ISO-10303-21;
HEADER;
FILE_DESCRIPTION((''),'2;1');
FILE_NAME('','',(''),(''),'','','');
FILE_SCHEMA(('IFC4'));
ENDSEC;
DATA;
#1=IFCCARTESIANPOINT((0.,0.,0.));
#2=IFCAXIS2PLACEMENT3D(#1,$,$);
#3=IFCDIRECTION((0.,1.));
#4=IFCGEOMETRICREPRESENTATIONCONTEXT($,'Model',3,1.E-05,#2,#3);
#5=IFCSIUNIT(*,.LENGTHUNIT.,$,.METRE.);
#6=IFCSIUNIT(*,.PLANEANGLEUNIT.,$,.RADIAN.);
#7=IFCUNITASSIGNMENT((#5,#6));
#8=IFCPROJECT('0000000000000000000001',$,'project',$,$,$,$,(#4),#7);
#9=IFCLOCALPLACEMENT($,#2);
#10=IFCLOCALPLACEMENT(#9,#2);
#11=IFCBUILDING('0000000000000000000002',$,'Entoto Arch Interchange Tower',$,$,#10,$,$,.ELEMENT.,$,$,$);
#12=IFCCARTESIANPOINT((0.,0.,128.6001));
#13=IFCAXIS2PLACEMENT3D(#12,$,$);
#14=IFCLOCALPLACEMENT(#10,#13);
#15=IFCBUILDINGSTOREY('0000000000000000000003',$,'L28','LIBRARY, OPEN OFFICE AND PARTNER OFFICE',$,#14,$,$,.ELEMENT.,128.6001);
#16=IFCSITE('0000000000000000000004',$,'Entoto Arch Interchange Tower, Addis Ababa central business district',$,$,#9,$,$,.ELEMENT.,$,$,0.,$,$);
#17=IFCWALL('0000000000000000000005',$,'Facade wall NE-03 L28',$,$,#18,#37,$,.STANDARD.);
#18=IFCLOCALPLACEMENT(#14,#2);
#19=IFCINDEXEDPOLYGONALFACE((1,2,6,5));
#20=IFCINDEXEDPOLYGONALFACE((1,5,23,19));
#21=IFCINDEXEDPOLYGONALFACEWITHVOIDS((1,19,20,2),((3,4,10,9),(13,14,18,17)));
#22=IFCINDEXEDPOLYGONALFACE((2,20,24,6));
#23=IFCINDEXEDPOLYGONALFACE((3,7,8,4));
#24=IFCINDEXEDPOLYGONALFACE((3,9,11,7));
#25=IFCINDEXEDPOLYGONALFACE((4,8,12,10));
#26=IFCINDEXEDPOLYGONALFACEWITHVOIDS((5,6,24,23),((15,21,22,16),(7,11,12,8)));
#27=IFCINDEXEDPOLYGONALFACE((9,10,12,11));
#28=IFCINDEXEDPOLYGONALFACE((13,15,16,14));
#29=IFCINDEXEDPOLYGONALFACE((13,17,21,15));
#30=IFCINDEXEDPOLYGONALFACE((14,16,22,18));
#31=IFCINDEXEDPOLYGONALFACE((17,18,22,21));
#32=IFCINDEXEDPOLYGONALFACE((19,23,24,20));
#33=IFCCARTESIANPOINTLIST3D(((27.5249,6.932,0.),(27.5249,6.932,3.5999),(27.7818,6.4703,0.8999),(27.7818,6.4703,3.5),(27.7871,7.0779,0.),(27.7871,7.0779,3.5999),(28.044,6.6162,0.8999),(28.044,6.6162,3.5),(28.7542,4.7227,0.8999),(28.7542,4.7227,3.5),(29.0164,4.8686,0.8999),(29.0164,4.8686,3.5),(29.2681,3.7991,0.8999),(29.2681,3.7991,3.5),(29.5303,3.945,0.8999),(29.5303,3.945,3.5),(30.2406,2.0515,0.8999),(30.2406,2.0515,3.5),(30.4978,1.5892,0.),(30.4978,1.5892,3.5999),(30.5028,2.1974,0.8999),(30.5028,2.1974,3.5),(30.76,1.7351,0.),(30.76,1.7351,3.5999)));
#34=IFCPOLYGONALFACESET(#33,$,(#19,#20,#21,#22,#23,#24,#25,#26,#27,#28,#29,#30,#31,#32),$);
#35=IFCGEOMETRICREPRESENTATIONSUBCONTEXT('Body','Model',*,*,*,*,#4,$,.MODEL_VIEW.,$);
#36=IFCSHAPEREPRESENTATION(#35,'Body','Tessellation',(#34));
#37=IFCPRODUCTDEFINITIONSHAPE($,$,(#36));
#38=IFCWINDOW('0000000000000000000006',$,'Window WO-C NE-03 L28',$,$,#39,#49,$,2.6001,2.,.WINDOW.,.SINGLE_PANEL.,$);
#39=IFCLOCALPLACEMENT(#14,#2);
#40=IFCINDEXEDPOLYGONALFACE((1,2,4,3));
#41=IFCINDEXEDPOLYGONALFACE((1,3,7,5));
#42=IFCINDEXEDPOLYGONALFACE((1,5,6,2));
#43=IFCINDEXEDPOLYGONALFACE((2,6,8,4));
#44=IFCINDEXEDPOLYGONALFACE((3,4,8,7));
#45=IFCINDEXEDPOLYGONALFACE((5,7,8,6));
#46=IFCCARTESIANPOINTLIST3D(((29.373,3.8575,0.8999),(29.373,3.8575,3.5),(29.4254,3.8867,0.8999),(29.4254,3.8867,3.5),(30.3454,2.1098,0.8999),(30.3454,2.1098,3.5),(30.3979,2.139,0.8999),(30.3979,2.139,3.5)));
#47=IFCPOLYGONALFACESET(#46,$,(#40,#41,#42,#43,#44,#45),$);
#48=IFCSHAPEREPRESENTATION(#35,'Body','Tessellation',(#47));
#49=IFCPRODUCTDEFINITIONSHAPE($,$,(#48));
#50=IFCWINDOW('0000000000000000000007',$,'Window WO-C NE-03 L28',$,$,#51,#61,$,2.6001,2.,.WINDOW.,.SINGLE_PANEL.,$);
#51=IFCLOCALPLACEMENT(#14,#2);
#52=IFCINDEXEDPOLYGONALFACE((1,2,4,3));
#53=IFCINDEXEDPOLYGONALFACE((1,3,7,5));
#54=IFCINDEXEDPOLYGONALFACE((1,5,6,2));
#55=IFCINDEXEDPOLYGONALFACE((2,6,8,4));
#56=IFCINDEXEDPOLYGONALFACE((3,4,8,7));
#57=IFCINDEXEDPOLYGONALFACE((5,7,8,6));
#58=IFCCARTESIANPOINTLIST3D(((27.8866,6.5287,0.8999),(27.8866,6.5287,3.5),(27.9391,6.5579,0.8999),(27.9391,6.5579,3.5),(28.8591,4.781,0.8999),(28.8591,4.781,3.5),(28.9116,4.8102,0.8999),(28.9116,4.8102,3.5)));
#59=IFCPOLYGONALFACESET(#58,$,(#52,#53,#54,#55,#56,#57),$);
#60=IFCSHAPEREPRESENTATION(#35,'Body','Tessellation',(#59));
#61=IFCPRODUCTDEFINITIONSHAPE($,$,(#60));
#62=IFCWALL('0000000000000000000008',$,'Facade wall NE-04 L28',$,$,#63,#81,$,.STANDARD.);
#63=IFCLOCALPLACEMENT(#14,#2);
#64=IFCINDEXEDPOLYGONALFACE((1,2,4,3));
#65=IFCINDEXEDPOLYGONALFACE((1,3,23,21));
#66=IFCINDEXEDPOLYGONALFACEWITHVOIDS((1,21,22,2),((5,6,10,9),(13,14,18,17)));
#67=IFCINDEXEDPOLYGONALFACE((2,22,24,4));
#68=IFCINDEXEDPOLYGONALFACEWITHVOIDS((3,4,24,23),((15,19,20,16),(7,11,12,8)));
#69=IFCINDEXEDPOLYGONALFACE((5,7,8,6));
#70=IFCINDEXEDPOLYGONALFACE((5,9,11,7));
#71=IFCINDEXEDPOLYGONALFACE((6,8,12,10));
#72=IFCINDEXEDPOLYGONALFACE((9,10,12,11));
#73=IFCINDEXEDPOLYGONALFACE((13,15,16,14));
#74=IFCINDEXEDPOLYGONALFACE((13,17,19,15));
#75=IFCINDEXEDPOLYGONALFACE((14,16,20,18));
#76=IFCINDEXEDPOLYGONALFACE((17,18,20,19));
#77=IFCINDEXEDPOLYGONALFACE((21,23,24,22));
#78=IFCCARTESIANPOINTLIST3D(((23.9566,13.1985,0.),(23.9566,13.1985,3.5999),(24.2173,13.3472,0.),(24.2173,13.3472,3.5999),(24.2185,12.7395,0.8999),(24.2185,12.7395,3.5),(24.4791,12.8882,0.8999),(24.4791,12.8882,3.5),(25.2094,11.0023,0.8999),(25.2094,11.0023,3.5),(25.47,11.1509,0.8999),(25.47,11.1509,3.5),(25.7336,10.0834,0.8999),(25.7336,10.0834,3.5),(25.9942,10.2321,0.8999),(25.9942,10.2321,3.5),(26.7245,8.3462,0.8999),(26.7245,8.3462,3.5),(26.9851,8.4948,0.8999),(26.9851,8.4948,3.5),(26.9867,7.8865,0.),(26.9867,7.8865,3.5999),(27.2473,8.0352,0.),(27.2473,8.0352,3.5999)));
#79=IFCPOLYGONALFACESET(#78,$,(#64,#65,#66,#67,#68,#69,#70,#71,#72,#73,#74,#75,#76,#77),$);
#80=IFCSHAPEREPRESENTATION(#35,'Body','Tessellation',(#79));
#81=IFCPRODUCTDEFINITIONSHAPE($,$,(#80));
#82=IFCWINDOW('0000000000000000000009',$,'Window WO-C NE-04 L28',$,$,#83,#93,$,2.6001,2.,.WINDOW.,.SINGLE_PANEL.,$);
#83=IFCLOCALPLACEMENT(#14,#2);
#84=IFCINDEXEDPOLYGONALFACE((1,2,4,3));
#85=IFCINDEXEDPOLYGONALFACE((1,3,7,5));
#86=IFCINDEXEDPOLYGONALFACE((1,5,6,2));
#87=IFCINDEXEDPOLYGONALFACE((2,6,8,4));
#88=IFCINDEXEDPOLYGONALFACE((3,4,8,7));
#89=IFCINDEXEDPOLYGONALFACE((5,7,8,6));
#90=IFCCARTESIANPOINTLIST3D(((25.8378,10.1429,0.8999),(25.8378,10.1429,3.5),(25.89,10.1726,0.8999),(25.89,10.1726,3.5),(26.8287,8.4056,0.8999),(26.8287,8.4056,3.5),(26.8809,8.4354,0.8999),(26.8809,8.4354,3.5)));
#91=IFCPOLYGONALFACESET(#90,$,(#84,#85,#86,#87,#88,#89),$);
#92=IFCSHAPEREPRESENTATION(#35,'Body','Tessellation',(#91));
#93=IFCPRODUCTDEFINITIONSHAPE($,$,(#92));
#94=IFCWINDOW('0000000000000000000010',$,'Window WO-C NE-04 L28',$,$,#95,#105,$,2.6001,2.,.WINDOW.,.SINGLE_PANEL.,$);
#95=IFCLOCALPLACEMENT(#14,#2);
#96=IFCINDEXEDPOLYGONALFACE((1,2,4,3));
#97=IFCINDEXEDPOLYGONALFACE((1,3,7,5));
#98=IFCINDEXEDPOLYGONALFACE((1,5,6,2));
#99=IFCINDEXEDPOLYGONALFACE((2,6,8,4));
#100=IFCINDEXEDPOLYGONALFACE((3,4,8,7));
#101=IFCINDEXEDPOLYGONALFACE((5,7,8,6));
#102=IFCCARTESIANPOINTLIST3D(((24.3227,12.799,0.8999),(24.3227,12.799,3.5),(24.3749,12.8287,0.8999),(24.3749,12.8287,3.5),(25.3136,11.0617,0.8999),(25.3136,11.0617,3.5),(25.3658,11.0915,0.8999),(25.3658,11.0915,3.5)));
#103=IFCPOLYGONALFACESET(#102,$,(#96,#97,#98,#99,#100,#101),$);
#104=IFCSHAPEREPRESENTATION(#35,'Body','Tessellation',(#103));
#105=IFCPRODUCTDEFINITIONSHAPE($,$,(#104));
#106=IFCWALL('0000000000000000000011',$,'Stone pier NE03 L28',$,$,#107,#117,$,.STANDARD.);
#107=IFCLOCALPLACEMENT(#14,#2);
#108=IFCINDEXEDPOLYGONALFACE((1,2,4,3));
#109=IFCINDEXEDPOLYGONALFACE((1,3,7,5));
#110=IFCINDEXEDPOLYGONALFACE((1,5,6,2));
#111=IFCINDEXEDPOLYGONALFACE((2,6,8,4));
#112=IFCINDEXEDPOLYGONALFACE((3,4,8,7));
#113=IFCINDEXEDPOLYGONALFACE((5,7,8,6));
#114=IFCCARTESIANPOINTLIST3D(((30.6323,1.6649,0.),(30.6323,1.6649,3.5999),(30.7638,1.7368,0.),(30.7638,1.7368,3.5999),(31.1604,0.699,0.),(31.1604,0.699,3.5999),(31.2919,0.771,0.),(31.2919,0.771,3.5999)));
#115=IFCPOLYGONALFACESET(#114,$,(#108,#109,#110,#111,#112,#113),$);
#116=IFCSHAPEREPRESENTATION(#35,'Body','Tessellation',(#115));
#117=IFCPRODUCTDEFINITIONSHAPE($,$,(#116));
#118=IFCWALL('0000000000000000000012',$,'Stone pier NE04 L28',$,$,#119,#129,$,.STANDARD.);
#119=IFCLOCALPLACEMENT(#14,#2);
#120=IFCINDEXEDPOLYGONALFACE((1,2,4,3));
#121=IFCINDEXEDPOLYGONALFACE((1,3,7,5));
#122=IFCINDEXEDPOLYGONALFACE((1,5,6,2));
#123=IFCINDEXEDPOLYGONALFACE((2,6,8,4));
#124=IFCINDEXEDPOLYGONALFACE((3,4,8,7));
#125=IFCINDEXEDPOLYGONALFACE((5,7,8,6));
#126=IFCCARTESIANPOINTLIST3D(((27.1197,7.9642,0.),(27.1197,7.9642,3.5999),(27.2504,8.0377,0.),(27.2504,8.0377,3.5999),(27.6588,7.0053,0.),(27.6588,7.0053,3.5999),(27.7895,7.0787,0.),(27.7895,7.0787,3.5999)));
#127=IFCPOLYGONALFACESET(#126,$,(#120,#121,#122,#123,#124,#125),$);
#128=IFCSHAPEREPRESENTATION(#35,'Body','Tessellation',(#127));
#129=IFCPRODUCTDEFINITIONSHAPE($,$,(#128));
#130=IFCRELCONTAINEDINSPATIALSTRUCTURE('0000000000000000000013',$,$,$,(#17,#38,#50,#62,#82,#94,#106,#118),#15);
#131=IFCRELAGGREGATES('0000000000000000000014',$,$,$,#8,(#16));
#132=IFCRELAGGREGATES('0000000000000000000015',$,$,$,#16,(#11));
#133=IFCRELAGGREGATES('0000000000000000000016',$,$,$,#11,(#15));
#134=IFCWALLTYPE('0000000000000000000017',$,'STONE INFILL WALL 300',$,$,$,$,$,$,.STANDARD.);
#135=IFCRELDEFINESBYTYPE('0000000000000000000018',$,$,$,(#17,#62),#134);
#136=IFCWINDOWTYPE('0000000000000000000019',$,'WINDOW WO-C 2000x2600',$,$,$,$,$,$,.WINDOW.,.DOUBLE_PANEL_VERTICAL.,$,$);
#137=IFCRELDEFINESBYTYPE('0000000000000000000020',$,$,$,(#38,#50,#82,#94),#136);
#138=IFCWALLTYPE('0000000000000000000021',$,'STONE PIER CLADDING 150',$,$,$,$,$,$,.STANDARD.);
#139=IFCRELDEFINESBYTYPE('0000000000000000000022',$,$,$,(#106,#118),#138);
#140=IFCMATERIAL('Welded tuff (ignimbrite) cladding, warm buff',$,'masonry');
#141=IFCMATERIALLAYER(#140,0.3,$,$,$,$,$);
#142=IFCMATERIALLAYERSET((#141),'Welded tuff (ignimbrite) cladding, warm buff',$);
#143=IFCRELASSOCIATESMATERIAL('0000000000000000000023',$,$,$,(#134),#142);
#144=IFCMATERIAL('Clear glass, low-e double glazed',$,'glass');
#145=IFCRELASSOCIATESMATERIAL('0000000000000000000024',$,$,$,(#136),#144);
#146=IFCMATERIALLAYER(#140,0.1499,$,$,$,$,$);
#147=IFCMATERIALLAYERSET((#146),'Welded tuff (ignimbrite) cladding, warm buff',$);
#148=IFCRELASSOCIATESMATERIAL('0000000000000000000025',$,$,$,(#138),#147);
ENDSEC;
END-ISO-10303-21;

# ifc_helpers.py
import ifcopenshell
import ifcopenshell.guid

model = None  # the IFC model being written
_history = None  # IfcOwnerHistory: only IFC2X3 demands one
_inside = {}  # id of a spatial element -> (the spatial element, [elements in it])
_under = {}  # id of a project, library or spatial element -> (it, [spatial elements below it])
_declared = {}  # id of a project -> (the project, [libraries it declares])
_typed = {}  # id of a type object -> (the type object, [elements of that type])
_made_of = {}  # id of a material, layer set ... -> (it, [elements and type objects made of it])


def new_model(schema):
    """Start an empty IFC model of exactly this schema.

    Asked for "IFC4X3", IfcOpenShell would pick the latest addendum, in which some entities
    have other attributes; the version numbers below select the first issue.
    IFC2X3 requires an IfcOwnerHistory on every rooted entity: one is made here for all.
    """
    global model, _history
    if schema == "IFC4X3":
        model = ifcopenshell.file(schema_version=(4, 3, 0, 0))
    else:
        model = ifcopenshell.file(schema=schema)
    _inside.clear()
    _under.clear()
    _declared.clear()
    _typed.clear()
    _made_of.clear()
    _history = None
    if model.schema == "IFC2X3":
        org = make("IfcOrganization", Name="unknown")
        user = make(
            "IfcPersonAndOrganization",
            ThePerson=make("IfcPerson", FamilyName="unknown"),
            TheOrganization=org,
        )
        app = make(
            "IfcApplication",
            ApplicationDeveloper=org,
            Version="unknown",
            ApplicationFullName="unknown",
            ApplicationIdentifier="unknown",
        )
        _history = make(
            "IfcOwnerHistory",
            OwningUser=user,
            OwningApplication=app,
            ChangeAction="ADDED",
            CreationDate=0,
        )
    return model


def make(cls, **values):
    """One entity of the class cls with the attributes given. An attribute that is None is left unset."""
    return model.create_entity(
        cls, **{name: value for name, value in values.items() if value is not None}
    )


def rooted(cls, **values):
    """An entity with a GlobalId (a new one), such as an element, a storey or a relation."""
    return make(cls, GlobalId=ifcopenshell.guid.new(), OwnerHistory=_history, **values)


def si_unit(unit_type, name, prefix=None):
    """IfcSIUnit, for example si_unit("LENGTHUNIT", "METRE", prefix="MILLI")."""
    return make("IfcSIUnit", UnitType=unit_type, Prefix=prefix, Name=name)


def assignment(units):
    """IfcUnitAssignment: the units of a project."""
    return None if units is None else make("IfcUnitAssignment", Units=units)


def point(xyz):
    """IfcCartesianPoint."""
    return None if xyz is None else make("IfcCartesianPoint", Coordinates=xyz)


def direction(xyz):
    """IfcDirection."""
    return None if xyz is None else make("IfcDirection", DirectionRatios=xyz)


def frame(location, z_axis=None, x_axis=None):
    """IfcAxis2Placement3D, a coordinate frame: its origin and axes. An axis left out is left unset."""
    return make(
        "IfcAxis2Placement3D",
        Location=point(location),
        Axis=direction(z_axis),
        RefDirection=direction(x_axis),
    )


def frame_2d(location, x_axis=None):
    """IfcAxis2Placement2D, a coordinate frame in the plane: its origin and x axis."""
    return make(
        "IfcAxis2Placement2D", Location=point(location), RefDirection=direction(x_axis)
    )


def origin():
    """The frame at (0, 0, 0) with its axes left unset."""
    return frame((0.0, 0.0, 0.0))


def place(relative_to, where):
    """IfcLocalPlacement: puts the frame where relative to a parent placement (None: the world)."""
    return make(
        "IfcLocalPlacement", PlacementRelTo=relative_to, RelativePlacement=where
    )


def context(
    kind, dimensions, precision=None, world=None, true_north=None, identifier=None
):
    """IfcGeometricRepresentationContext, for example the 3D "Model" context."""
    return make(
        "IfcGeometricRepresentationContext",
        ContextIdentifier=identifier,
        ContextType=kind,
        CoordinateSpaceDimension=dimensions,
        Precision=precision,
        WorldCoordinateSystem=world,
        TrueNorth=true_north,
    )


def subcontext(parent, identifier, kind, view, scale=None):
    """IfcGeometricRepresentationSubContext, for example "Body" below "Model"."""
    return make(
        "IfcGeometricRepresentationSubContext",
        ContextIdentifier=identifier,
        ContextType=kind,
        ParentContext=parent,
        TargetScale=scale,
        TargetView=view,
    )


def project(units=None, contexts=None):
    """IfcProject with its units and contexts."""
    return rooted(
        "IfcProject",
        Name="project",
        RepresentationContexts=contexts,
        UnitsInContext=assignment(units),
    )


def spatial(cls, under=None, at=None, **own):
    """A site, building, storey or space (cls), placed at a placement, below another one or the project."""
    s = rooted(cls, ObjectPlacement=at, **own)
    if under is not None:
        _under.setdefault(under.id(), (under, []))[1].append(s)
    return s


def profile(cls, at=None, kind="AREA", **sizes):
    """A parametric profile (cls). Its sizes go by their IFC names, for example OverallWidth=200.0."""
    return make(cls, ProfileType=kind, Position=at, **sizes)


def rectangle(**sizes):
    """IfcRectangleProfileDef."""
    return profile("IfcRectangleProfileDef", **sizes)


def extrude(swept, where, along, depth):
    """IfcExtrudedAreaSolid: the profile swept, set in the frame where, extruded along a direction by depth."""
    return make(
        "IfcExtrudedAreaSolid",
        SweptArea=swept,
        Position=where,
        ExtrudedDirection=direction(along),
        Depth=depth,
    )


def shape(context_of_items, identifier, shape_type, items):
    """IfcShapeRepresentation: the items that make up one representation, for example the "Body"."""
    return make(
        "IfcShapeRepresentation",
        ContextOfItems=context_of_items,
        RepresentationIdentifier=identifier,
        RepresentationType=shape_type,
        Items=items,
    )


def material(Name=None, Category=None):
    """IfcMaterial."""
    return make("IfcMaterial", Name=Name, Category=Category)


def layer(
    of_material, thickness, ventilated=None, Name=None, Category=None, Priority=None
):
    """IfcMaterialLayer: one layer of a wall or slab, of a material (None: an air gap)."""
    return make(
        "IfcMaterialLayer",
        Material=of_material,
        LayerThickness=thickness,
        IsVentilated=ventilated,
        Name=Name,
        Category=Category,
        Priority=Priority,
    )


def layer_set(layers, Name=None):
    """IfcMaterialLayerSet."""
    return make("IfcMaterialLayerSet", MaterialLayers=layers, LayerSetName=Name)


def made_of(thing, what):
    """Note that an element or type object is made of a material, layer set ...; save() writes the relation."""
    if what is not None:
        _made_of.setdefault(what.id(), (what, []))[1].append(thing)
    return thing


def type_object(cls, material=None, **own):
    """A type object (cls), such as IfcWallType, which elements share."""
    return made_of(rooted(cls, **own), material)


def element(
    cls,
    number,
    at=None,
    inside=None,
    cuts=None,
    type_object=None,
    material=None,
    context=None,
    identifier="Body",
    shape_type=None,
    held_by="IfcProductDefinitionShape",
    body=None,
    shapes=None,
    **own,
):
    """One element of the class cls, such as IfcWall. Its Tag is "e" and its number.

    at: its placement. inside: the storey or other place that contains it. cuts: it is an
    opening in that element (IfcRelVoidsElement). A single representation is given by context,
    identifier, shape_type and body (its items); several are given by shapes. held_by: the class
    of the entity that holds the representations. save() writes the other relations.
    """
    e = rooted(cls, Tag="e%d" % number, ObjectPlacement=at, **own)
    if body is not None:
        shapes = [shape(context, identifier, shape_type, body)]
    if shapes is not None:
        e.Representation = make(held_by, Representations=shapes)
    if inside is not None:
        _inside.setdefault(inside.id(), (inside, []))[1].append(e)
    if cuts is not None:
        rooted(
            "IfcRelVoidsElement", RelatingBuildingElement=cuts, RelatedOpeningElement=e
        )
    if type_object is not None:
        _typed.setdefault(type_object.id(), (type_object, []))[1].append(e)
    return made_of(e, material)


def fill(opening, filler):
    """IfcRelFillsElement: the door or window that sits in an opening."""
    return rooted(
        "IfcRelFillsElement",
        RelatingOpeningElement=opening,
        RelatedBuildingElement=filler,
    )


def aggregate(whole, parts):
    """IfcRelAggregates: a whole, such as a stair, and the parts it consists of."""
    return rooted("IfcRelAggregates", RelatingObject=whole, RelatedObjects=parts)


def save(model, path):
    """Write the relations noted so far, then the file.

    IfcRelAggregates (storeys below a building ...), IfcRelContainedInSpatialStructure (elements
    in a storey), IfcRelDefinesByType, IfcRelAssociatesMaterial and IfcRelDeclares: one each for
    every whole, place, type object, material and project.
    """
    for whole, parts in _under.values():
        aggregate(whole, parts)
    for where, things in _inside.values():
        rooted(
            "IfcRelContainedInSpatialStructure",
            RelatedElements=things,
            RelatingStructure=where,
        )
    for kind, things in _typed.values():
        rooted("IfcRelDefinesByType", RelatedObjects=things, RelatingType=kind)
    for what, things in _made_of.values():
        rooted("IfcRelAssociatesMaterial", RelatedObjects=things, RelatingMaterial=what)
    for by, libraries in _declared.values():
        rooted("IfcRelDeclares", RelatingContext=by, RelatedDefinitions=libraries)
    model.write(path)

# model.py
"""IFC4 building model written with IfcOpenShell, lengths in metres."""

from ifc_helpers import new_model, si_unit, direction, frame, frame_2d, origin, place, context, subcontext, project, spatial, rectangle, extrude, material, layer, layer_set, type_object, element, fill, save


model = new_model("IFC4")

# Units and contexts
model_context = context("Model", 3, precision=1e-05, world=origin(), true_north=direction((0.0, 1.0)))
body_context = subcontext(model_context, "Body", "Model", "MODEL_VIEW")
ifc_project = project(units=[si_unit("LENGTHUNIT", "METRE"), si_unit("PLANEANGLEUNIT", "RADIAN")], contexts=[model_context])

# Site, building, storey
site_placement = place(None, origin())
site = spatial("IfcSite", under=ifc_project, at=site_placement, Name="Entoto Arch Interchange Tower, Addis Ababa central business district", CompositionType="ELEMENT", RefElevation=0.0)
building_placement = place(site_placement, origin())
building = spatial("IfcBuilding", under=site, at=building_placement, Name="Entoto Arch Interchange Tower", CompositionType="ELEMENT")
storey_placement = place(building_placement, frame((0.0, 0.0, 128.6001)))
storey = spatial("IfcBuildingStorey", under=building, at=storey_placement, Name="L28", Description="LIBRARY, OPEN OFFICE AND PARTNER OFFICE", CompositionType="ELEMENT", Elevation=128.6001)

# Walls, openings, windows
ifc_material_1 = material(Name="Welded tuff (ignimbrite) cladding, warm buff", Category="masonry")
ifc_layer_1 = layer(ifc_material_1, 0.3)
ifc_layer_set_1 = layer_set([ifc_layer_1], Name="Welded tuff (ignimbrite) cladding, warm buff")
wall_type_1 = type_object("IfcWallType", Name="STONE INFILL WALL 300", PredefinedType="STANDARD", material=ifc_layer_set_1)
wall_1_placement = place(storey_placement, frame((30.6289, 1.6621, 0.0), z_axis=(0.0, 0.0, 1.0), x_axis=(-0.486229, 0.873831, 0.0)))
wall_1 = element("IfcWall", 1, at=wall_1_placement, inside=storey, type_object=wall_type_1, Name="Facade wall NE-03 L28", PredefinedType="STANDARD", context=body_context, shape_type="SweptSolid", body=[
    extrude(rectangle(XDim=6.1143, YDim=0.3, at=frame_2d((3.0571, 0.0))), origin(), (0.0, 0.0, 1.0), 3.5999),
])
opening_1_placement = place(wall_1_placement, frame((0.5291, 0.0, 0.8999)))
opening_1 = element("IfcOpeningElement", 2, at=opening_1_placement, cuts=wall_1, PredefinedType="OPENING", context=body_context, shape_type="SweptSolid", body=[
    extrude(rectangle(XDim=2.0, YDim=2.6001, at=frame_2d((1.0, 1.3))), frame((0.0, 0.1602, 0.0), z_axis=(0.0, -1.0, 0.0), x_axis=(1.0, 0.0, 0.0)), (0.0, 0.0, 1.0), 0.3201),
])
opening_2_placement = place(wall_1_placement, frame((3.5859, 0.0, 0.8999)))
opening_2 = element("IfcOpeningElement", 3, at=opening_2_placement, cuts=wall_1, PredefinedType="OPENING", context=body_context, shape_type="SweptSolid", body=[
    extrude(rectangle(XDim=2.0, YDim=2.6001, at=frame_2d((1.0, 1.3))), frame((0.0, 0.1602, 0.0), z_axis=(0.0, -1.0, 0.0), x_axis=(1.0, 0.0, 0.0)), (0.0, 0.0, 1.0), 0.3201),
])
ifc_material_2 = material(Name="Clear glass, low-e double glazed", Category="glass")
window_type = type_object("IfcWindowType", Name="WINDOW WO-C 2000x2600", PartitioningType="DOUBLE_PANEL_VERTICAL", PredefinedType="WINDOW", material=ifc_material_2)
window_1_placement = place(opening_1_placement, origin())
window_1 = element("IfcWindow", 4, at=window_1_placement, inside=storey, type_object=window_type, Name="Window WO-C NE-03 L28", OverallHeight=2.6001, OverallWidth=2.0, PartitioningType="SINGLE_PANEL", PredefinedType="WINDOW", context=body_context, shape_type="SweptSolid", body=[
    extrude(rectangle(XDim=2.0, YDim=2.6001, at=frame_2d((1.0, 1.3))), frame((0.0, 0.03, 0.0), z_axis=(0.0, -1.0, 0.0), x_axis=(1.0, 0.0, 0.0)), (0.0, 0.0, 1.0), 0.0601),
])
fill(opening_1, window_1)
window_2_placement = place(opening_2_placement, origin())
window_2 = element("IfcWindow", 5, at=window_2_placement, inside=storey, type_object=window_type, Name="Window WO-C NE-03 L28", OverallHeight=2.6001, OverallWidth=2.0, PartitioningType="SINGLE_PANEL", PredefinedType="WINDOW", context=body_context, shape_type="SweptSolid", body=[
    extrude(rectangle(XDim=2.0, YDim=2.6001, at=frame_2d((1.0, 1.3))), frame((0.0, 0.03, 0.0), z_axis=(0.0, -1.0, 0.0), x_axis=(1.0, 0.0, 0.0)), (0.0, 0.0, 1.0), 0.0601),
])
fill(opening_2, window_2)
wall_2_placement = place(storey_placement, frame((27.1169, 7.9609, 0.0), z_axis=(0.0, 0.0, 1.0), x_axis=(-0.495472, 0.868624, 0.0)))
wall_2 = element("IfcWall", 6, at=wall_2_placement, inside=storey, type_object=wall_type_1, Name="Facade wall NE-04 L28", PredefinedType="STANDARD", context=body_context, shape_type="SweptSolid", body=[
    extrude(rectangle(XDim=6.1155, YDim=0.3, at=frame_2d((3.0576, 0.0))), origin(), (0.0, 0.0, 1.0), 3.5999),
])
opening_3_placement = place(wall_2_placement, frame((0.5291, 0.0, 0.8999)))
opening_3 = element("IfcOpeningElement", 7, at=opening_3_placement, cuts=wall_2, PredefinedType="OPENING", context=body_context, shape_type="SweptSolid", body=[
    extrude(rectangle(XDim=2.0, YDim=2.6001, at=frame_2d((1.0, 1.3))), frame((0.0, 0.1602, 0.0), z_axis=(0.0, -1.0, 0.0), x_axis=(1.0, 0.0, 0.0)), (0.0, 0.0, 1.0), 0.3201),
])
opening_4_placement = place(wall_2_placement, frame((3.5869, 0.0, 0.8999)))
opening_4 = element("IfcOpeningElement", 8, at=opening_4_placement, cuts=wall_2, PredefinedType="OPENING", context=body_context, shape_type="SweptSolid", body=[
    extrude(rectangle(XDim=2.0, YDim=2.6001, at=frame_2d((1.0, 1.3))), frame((0.0, 0.1602, 0.0), z_axis=(0.0, -1.0, 0.0), x_axis=(1.0, 0.0, 0.0)), (0.0, 0.0, 1.0), 0.3201),
])
window_3_placement = place(opening_3_placement, origin())
window_3 = element("IfcWindow", 9, at=window_3_placement, inside=storey, type_object=window_type, Name="Window WO-C NE-04 L28", OverallHeight=2.6001, OverallWidth=2.0, PartitioningType="SINGLE_PANEL", PredefinedType="WINDOW", context=body_context, shape_type="SweptSolid", body=[
    extrude(rectangle(XDim=2.0, YDim=2.6001, at=frame_2d((1.0, 1.3))), frame((0.0, 0.03, 0.0), z_axis=(0.0, -1.0, 0.0), x_axis=(1.0, 0.0, 0.0)), (0.0, 0.0, 1.0), 0.0601),
])
fill(opening_3, window_3)
window_4_placement = place(opening_4_placement, origin())
window_4 = element("IfcWindow", 10, at=window_4_placement, inside=storey, type_object=window_type, Name="Window WO-C NE-04 L28", OverallHeight=2.6001, OverallWidth=2.0, PartitioningType="SINGLE_PANEL", PredefinedType="WINDOW", context=body_context, shape_type="SweptSolid", body=[
    extrude(rectangle(XDim=2.0, YDim=2.6001, at=frame_2d((1.0, 1.3))), frame((0.0, 0.03, 0.0), z_axis=(0.0, -1.0, 0.0), x_axis=(1.0, 0.0, 0.0)), (0.0, 0.0, 1.0), 0.0601),
])
fill(opening_4, window_4)

# Walls
ifc_layer_2 = layer(ifc_material_1, 0.1499)
ifc_layer_set_2 = layer_set([ifc_layer_2], Name="Welded tuff (ignimbrite) cladding, warm buff")
wall_type_2 = type_object("IfcWallType", Name="STONE PIER CLADDING 150", PredefinedType="STANDARD", material=ifc_layer_set_2)
wall_3_placement = place(storey_placement, frame((31.2261, 0.7351, 0.0), z_axis=(0.0, 0.0, 1.0), x_axis=(-0.479738, 0.877412, 0.0)))
element("IfcWall", 11, at=wall_3_placement, inside=storey, type_object=wall_type_2, Name="Stone pier NE03 L28", PredefinedType="STANDARD", context=body_context, shape_type="SweptSolid", body=[
    extrude(rectangle(XDim=1.1008, YDim=0.1499, at=frame_2d((0.5503, 0.0))), origin(), (0.0, 0.0, 1.0), 3.5999),
])
wall_4_placement = place(storey_placement, frame((27.7241, 7.042, 0.0), z_axis=(0.0, 0.0, 1.0), x_axis=(-0.490008, 0.871718, 0.0)))
element("IfcWall", 12, at=wall_4_placement, inside=storey, type_object=wall_type_2, Name="Stone pier NE04 L28", PredefinedType="STANDARD", context=body_context, shape_type="SweptSolid", body=[
    extrude(rectangle(XDim=1.1001, YDim=0.1499, at=frame_2d((0.55, 0.0))), origin(), (0.0, 0.0, 1.0), 3.5999),
])

save(model, "model.ifc")
